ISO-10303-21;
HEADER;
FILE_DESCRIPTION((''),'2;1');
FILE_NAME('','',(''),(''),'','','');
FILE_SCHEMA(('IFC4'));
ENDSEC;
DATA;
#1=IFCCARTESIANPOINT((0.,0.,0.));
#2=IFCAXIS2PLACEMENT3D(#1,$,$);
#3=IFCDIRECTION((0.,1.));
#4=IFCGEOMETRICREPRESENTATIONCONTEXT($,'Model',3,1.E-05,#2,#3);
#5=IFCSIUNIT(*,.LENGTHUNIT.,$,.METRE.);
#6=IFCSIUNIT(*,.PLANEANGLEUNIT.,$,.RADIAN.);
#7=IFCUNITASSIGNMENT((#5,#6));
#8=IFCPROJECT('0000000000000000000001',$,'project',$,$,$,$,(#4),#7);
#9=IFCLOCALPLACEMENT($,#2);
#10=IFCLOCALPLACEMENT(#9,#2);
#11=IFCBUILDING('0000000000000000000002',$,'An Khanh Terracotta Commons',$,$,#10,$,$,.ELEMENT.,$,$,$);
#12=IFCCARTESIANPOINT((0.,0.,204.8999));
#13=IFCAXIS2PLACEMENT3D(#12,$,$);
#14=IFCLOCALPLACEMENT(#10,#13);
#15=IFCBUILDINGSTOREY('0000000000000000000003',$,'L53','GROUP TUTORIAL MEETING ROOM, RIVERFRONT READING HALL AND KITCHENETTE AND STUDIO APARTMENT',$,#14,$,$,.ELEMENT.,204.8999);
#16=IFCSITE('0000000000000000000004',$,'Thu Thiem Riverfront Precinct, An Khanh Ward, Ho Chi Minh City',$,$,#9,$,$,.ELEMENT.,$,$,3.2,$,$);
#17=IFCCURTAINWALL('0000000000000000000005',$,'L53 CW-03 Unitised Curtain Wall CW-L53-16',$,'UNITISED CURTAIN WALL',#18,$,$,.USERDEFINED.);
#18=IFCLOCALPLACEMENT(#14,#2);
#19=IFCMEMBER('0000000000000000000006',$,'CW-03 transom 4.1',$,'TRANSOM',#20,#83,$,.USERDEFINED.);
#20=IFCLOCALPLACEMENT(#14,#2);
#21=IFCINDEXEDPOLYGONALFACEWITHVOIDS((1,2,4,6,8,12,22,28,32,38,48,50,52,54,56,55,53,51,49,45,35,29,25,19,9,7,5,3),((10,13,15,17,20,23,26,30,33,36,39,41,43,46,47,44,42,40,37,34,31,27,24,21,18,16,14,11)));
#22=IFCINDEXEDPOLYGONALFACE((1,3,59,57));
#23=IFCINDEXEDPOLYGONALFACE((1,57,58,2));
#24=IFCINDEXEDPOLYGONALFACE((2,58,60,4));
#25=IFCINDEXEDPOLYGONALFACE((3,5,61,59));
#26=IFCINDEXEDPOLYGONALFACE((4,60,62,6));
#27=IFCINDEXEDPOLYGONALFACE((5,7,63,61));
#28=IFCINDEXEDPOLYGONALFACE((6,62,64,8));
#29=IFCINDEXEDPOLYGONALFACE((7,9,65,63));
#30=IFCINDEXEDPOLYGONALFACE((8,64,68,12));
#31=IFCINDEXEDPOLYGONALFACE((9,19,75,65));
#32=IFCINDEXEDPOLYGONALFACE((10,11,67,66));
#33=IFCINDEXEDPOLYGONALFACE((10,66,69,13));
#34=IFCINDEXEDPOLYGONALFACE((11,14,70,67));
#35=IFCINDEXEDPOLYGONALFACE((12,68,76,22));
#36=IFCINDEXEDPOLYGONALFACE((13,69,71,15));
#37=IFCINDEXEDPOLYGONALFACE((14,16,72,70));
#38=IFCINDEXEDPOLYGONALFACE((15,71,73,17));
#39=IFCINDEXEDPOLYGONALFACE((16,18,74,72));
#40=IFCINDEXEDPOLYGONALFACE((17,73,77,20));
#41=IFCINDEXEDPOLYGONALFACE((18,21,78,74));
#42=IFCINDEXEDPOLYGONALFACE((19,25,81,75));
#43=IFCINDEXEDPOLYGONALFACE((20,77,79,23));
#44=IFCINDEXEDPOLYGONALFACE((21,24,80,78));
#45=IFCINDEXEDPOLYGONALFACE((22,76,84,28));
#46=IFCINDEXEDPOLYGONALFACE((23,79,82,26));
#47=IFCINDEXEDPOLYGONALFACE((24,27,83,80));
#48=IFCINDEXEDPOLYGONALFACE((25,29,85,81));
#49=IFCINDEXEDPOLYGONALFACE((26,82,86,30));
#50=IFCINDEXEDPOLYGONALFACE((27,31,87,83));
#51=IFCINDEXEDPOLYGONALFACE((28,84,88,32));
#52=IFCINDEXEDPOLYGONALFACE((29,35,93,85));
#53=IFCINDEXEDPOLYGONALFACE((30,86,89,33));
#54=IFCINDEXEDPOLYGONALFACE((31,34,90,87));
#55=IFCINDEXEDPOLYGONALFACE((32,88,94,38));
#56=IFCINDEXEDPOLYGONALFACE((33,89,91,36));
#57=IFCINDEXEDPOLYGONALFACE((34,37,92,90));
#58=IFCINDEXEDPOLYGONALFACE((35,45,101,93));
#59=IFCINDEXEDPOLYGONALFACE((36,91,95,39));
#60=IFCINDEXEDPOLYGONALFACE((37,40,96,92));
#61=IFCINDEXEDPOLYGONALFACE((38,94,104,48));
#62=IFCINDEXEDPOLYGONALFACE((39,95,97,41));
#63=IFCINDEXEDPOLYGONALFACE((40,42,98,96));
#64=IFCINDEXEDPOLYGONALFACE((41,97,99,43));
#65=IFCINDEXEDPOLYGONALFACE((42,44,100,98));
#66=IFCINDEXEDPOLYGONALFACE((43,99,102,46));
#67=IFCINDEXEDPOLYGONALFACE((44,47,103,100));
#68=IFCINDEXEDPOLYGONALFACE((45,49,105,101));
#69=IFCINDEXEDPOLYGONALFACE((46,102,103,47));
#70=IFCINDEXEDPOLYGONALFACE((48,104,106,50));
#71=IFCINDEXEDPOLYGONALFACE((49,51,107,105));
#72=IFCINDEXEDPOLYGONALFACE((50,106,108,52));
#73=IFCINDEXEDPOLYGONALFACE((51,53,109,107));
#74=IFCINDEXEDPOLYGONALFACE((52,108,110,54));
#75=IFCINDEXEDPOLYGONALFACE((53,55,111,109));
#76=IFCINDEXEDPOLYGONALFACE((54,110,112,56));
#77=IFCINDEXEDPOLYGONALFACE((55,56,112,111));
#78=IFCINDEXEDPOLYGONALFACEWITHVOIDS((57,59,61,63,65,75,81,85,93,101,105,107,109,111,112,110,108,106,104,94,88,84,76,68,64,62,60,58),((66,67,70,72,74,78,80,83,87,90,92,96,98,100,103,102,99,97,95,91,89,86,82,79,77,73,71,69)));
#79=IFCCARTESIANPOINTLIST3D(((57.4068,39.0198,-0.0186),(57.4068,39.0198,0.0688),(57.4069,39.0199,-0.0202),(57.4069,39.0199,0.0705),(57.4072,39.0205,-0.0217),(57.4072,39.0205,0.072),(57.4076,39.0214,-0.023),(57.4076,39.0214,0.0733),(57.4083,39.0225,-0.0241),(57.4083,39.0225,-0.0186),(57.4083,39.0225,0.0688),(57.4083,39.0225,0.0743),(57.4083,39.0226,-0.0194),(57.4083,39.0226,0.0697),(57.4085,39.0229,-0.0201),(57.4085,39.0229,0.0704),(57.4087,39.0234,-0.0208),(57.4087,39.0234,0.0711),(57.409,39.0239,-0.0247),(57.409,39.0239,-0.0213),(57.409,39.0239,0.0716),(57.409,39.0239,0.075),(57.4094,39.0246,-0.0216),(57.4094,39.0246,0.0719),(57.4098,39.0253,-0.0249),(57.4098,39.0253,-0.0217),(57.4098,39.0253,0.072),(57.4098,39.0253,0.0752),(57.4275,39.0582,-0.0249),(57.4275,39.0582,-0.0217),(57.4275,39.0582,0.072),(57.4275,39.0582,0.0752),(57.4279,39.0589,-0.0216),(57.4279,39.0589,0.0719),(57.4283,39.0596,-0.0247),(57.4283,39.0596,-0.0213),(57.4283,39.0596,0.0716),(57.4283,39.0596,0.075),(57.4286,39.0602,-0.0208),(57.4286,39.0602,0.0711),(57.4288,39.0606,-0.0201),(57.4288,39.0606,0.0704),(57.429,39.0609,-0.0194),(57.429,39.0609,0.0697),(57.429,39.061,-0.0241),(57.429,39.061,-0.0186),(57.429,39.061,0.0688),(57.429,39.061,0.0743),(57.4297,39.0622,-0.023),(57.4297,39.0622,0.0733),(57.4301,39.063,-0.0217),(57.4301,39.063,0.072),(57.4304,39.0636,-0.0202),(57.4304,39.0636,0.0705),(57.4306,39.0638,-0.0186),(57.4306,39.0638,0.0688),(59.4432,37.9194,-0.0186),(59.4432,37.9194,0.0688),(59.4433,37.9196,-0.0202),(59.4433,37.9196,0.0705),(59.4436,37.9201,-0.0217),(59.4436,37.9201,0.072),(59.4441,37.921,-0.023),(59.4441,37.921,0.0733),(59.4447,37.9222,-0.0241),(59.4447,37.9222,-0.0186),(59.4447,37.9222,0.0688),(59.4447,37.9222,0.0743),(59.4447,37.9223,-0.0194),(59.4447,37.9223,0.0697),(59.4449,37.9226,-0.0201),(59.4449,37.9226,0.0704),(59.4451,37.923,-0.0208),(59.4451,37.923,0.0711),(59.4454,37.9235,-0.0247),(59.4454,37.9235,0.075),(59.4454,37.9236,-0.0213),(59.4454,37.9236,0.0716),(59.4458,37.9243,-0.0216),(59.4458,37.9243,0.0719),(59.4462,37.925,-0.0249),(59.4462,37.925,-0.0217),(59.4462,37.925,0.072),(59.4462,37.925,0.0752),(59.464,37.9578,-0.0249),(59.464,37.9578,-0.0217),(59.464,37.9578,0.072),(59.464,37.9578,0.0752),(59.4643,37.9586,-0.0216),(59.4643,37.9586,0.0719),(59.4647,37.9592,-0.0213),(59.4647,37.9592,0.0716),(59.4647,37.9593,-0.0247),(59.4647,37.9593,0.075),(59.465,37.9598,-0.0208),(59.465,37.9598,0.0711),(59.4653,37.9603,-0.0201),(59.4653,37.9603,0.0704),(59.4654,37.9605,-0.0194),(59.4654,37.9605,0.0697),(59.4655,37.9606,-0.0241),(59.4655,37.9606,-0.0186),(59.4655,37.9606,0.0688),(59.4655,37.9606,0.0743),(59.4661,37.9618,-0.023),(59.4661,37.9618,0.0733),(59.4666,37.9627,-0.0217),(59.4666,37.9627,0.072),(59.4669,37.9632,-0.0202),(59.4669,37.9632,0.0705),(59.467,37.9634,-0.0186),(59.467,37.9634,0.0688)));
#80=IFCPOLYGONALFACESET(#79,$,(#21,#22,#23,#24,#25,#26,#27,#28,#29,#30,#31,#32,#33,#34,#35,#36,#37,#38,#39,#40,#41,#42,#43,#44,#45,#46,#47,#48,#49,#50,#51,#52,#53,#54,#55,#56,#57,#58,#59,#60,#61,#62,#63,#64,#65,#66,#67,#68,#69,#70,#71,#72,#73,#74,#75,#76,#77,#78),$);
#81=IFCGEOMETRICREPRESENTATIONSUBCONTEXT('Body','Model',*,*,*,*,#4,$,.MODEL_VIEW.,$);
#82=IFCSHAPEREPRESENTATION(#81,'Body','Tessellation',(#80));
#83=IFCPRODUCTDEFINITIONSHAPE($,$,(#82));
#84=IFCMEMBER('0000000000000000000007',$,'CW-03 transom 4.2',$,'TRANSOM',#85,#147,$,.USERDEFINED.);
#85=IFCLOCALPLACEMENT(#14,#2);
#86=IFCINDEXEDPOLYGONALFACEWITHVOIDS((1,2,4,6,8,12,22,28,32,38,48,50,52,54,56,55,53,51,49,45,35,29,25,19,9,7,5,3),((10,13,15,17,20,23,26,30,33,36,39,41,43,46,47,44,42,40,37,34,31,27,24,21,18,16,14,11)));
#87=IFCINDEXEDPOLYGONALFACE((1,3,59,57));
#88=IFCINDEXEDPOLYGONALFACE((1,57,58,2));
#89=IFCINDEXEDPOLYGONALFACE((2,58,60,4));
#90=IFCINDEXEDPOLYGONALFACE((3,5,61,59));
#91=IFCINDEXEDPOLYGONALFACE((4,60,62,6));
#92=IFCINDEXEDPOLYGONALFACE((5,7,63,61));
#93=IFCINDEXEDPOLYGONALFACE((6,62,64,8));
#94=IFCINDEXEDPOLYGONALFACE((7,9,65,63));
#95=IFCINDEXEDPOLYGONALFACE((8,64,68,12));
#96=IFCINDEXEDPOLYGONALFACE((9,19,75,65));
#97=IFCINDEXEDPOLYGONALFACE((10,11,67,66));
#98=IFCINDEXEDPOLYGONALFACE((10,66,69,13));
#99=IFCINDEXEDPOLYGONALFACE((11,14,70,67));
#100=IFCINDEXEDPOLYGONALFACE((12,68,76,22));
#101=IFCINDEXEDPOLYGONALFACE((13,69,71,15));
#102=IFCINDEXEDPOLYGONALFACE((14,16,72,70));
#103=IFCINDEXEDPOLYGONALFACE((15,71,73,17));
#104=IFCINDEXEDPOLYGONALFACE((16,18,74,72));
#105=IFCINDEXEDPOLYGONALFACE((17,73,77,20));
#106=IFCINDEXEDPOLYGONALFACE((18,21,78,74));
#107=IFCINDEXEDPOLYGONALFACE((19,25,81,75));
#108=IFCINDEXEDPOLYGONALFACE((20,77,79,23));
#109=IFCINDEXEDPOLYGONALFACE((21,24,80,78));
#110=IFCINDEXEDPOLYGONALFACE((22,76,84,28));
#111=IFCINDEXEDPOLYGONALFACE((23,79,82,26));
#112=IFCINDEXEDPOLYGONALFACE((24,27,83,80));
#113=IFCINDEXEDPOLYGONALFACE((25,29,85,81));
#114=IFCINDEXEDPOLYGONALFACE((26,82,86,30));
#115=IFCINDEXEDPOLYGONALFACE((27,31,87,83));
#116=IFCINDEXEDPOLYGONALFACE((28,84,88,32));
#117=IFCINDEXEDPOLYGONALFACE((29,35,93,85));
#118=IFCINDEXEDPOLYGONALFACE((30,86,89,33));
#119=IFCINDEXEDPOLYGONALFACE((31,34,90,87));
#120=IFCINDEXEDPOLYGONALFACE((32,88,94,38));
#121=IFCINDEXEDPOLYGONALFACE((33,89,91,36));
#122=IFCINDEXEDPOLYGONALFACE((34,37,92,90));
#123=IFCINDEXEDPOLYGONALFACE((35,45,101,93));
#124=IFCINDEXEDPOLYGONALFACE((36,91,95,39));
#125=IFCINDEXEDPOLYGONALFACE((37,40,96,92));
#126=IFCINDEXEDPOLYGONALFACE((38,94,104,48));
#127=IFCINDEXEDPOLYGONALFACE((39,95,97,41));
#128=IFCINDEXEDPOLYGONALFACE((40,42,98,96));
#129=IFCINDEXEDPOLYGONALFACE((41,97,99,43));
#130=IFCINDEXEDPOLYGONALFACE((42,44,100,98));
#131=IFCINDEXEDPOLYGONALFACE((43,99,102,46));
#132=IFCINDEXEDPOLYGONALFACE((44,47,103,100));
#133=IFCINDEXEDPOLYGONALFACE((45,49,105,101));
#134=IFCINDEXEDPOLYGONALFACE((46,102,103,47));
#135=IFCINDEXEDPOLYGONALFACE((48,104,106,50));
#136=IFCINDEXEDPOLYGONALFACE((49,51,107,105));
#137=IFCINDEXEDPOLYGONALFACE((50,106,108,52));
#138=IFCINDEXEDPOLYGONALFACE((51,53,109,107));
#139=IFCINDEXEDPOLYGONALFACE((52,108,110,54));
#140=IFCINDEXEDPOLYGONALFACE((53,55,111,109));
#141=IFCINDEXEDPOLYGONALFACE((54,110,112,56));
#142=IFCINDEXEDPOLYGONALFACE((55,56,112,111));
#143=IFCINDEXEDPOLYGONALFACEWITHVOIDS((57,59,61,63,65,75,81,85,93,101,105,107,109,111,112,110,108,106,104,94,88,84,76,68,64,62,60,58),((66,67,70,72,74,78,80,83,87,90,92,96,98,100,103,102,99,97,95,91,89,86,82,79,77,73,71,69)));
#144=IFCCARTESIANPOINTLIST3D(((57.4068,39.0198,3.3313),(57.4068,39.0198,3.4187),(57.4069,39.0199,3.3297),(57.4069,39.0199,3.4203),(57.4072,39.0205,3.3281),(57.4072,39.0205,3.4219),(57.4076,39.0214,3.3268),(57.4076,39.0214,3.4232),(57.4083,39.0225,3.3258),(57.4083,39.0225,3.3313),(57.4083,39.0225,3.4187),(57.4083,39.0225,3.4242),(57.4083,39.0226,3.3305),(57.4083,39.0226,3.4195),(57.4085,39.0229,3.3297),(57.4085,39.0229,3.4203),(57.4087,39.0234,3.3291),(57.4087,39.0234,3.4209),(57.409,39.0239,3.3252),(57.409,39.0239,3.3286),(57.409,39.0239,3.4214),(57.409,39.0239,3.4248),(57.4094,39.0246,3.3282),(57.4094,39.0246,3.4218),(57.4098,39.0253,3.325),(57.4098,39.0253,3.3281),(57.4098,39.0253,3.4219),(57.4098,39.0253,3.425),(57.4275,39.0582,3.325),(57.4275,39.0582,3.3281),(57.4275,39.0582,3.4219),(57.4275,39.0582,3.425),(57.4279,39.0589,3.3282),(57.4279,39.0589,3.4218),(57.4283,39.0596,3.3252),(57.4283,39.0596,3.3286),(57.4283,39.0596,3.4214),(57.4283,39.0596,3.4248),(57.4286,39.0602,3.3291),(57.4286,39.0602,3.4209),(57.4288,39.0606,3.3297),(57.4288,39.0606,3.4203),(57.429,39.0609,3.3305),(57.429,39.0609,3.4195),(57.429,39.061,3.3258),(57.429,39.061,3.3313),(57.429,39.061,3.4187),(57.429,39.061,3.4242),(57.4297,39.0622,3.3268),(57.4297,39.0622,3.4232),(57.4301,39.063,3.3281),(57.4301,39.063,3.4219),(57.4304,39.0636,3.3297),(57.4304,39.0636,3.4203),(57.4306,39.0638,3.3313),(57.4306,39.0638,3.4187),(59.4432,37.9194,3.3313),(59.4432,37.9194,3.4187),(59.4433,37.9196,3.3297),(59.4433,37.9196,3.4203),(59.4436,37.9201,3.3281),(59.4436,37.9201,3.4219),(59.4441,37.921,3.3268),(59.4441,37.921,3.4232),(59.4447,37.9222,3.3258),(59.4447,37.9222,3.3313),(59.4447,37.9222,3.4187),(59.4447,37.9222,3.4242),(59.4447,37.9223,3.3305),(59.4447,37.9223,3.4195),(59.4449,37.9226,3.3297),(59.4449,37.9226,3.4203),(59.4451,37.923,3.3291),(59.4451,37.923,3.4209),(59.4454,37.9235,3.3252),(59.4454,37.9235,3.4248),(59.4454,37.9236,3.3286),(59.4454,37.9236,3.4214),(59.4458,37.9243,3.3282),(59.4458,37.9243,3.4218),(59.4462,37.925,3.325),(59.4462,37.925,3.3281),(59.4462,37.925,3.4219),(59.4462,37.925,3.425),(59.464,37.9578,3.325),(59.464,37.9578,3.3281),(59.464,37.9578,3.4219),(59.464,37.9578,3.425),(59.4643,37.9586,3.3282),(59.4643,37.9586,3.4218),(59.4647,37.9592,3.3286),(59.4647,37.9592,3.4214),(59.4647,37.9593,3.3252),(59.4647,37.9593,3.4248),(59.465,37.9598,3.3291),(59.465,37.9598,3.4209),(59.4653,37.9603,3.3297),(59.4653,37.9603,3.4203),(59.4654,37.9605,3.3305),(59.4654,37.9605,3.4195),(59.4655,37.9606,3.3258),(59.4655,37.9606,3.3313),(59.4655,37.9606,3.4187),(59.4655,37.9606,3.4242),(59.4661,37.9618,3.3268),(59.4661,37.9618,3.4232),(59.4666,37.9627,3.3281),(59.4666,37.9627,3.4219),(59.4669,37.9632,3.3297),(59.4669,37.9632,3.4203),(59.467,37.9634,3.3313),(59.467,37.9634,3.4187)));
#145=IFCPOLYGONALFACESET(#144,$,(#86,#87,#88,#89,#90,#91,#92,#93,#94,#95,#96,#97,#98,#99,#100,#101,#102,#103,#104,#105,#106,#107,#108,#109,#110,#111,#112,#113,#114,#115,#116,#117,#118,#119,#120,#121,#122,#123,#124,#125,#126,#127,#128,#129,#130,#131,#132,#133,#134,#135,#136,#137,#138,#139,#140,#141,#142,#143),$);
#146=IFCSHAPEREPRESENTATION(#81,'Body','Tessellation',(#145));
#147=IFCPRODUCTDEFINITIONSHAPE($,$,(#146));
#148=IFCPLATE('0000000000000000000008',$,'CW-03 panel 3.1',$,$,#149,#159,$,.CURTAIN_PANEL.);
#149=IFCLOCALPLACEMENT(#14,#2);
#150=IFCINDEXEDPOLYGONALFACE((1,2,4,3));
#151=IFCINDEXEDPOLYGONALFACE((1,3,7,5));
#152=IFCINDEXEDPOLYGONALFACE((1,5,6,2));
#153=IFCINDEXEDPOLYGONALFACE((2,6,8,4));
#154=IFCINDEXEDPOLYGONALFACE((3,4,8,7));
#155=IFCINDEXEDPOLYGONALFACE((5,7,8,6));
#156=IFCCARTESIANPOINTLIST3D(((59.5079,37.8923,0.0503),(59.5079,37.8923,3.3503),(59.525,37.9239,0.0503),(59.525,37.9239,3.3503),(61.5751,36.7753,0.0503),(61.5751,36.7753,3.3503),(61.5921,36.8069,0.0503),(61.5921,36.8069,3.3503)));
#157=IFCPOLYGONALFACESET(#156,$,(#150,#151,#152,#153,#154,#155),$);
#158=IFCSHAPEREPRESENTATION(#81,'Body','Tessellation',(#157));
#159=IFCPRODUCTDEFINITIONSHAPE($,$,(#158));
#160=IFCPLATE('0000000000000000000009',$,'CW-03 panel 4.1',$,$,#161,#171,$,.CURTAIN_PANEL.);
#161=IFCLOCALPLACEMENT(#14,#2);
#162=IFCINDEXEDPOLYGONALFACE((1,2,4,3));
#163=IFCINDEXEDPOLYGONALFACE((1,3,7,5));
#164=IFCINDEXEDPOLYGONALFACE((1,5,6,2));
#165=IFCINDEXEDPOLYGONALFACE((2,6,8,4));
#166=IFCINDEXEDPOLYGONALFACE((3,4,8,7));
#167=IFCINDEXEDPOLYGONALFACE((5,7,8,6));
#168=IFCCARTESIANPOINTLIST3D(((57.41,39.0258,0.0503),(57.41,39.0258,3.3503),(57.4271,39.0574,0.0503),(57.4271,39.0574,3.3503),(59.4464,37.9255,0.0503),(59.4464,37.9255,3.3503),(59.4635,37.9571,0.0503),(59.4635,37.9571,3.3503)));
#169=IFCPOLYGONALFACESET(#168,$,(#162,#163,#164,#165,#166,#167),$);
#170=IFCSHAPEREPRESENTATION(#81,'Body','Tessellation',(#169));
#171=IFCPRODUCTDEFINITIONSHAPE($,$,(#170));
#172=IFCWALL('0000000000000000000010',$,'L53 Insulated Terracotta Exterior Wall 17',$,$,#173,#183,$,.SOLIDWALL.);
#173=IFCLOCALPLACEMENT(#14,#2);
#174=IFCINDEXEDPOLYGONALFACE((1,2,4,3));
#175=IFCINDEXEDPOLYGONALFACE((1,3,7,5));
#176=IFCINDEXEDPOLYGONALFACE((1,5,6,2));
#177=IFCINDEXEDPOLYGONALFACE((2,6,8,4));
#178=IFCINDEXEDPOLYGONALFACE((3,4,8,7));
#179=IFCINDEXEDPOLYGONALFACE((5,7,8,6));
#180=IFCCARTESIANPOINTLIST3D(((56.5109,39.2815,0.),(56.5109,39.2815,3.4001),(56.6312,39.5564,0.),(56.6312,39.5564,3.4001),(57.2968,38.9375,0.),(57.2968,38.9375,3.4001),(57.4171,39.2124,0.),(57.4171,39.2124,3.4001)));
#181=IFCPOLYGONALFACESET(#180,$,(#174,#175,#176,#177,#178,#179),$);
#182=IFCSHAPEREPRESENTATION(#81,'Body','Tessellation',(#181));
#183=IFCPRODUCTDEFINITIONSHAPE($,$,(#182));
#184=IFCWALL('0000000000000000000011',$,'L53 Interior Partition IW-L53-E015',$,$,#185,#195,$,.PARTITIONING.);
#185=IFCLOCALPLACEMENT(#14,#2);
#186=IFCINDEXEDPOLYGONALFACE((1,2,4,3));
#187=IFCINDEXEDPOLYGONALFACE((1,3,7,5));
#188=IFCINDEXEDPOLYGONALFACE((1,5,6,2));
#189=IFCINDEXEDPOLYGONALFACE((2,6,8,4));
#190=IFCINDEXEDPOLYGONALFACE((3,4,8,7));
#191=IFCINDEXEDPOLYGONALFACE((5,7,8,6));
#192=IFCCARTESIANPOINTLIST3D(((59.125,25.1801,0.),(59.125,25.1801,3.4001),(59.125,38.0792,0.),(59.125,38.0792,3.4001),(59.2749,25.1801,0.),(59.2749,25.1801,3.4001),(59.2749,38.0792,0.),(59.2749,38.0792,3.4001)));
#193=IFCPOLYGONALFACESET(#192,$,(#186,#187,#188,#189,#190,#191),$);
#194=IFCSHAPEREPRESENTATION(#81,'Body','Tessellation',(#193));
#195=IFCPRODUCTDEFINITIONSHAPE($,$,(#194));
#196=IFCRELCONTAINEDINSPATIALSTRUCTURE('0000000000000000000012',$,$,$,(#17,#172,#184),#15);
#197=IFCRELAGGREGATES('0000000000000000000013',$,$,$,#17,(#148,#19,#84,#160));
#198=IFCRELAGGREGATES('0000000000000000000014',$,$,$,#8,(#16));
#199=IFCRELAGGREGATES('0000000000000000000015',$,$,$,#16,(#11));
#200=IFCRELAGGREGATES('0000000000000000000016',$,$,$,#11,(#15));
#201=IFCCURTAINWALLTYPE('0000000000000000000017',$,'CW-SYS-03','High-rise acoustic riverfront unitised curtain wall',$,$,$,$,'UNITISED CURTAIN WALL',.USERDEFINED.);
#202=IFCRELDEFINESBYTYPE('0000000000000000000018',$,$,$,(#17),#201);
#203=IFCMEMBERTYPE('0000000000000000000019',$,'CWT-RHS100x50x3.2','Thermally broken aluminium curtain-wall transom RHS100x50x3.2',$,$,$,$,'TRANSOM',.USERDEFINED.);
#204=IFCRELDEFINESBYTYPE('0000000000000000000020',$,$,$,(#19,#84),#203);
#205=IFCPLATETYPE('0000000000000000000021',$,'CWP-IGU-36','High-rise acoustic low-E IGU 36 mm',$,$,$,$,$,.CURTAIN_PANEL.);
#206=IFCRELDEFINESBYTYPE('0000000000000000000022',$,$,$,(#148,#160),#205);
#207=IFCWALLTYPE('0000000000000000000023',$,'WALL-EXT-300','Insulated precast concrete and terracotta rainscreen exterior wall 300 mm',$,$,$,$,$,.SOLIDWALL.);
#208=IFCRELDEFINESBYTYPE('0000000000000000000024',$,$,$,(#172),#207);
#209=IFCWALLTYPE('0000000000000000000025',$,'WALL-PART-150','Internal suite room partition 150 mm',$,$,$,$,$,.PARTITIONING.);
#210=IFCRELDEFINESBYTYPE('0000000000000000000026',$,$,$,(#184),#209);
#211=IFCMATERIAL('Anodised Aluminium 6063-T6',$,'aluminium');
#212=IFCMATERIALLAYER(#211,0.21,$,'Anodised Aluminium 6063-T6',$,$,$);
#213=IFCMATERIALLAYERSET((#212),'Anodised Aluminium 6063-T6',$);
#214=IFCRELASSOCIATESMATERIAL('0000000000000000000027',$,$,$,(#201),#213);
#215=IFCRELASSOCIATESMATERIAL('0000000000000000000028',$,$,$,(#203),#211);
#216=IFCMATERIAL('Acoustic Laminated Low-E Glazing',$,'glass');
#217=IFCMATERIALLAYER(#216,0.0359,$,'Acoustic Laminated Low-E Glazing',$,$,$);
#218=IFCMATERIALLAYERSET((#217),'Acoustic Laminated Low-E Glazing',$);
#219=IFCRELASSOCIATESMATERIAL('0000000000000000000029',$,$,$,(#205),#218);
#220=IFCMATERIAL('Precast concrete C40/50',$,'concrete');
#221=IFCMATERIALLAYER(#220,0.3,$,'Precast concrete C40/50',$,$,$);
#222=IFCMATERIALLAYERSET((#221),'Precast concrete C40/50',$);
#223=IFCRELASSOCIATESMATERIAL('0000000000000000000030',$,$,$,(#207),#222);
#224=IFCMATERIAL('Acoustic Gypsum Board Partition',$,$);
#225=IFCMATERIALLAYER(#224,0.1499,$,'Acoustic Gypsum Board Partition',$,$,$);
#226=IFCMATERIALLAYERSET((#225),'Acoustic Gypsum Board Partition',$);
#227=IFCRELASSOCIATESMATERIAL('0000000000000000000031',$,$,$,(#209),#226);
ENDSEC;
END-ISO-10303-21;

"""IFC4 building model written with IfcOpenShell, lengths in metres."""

from ifc_helpers import new_model, si_unit, direction, frame, frame_2d, origin, origin_2d, place, context, subcontext, project, spatial, rectangle, hollow_rectangle, extrude, material, layer, layer_set, material_profile, profile_set, type_object, element, aggregate, save


model = new_model("IFC4")

# Units and contexts
model_context = context("Model", 3, precision=1e-05, world=origin(), true_north=direction((0.0, 1.0)))
body_context = subcontext(model_context, "Body", "Model", "MODEL_VIEW")
ifc_project = project(units=[si_unit("LENGTHUNIT", "METRE"), si_unit("PLANEANGLEUNIT", "RADIAN")], contexts=[model_context])

# Site, building, storey
site_placement = place(None, origin())
site = spatial("IfcSite", under=ifc_project, at=site_placement, Name="Thu Thiem Riverfront Precinct, An Khanh Ward, Ho Chi Minh City", CompositionType="ELEMENT", RefElevation=3.2)
building_placement = place(site_placement, origin())
building = spatial("IfcBuilding", under=site, at=building_placement, Name="An Khanh Terracotta Commons", CompositionType="ELEMENT")
storey_placement = place(building_placement, frame((0.0, 0.0, 204.8999)))
storey = spatial("IfcBuildingStorey", under=building, at=storey_placement, Name="L53", Description="GROUP TUTORIAL MEETING ROOM, RIVERFRONT READING HALL AND KITCHENETTE AND STUDIO APARTMENT", CompositionType="ELEMENT", Elevation=204.8999)

# Curtain wall, members, plates
ifc_material_1 = material(Name="Anodised Aluminium 6063-T6", Category="aluminium")
ifc_layer_1 = layer(ifc_material_1, 0.21, Name="Anodised Aluminium 6063-T6")
ifc_layer_set_1 = layer_set([ifc_layer_1], Name="Anodised Aluminium 6063-T6")
curtain_wall_type = type_object("IfcCurtainWallType", Name="CW-SYS-03", Description="High-rise acoustic riverfront unitised curtain wall", ElementType="UNITISED CURTAIN WALL", PredefinedType="USERDEFINED", material=ifc_layer_set_1)
curtain_wall_placement = place(storey_placement, origin())
curtain_wall = element("IfcCurtainWall", 1, at=curtain_wall_placement, inside=storey, type_object=curtain_wall_type, Name="L53 CW-03 Unitised Curtain Wall CW-L53-16", ObjectType="UNITISED CURTAIN WALL", PredefinedType="USERDEFINED")
ifc_material_profile_1 = material_profile(ifc_material_1, hollow_rectangle(XDim=0.05, YDim=0.1001, WallThickness=0.0032, InnerFilletRadius=0.0032, OuterFilletRadius=0.0063, at=origin_2d()), Name="RHS100x50x3.2")
ifc_profile_set_1 = profile_set([ifc_material_profile_1], Name="Anodised Aluminium 6063-T6")
member_type_1 = type_object("IfcMemberType", Name="CWT-RHS100x50x3.2", Description="Thermally broken aluminium curtain-wall transom RHS100x50x3.2", ElementType="TRANSOM", PredefinedType="USERDEFINED", material=ifc_profile_set_1)
member_1_placement = place(storey_placement, frame((59.4551, 37.9414, 0.0251), z_axis=(-0.879779, 0.475382, 0.0), x_axis=(-0.475382, -0.879779, 0.0)))
member_1 = element("IfcMember", 2, at=member_1_placement, type_object=member_type_1, Name="CW-03 transom 4.1", ObjectType="TRANSOM", PredefinedType="USERDEFINED", context=body_context, shape_type="SweptSolid", body=[
    extrude(hollow_rectangle(XDim=0.05, YDim=0.1001, WallThickness=0.0032, InnerFilletRadius=0.0032, OuterFilletRadius=0.0063, at=origin_2d()), origin(), (0.0, 0.0, 1.0), 2.3147),
])
member_2_placement = place(storey_placement, frame((59.4551, 37.9414, 3.375), z_axis=(-0.879779, 0.475382, 0.0), x_axis=(-0.475382, -0.879779, 0.0)))
member_2 = element("IfcMember", 3, at=member_2_placement, type_object=member_type_1, Name="CW-03 transom 4.2", ObjectType="TRANSOM", PredefinedType="USERDEFINED", context=body_context, shape_type="SweptSolid", body=[
    extrude(hollow_rectangle(XDim=0.05, YDim=0.1001, WallThickness=0.0032, InnerFilletRadius=0.0032, OuterFilletRadius=0.0063, at=origin_2d()), origin(), (0.0, 0.0, 1.0), 2.3147),
])
ifc_material_2 = material(Name="Acoustic Laminated Low-E Glazing", Category="glass")
ifc_layer_2 = layer(ifc_material_2, 0.0359, Name="Acoustic Laminated Low-E Glazing")
ifc_layer_set_2 = layer_set([ifc_layer_2], Name="Acoustic Laminated Low-E Glazing")
plate_type = type_object("IfcPlateType", Name="CWP-IGU-36", Description="High-rise acoustic low-E IGU 36 mm", PredefinedType="CURTAIN_PANEL", material=ifc_layer_set_2)
plate_1_placement = place(storey_placement, frame((60.55, 37.3496, 0.0503), z_axis=(0.0, 0.0, 1.0), x_axis=(-0.87978, 0.475381, 0.0)))
plate_1 = element("IfcPlate", 4, at=plate_1_placement, type_object=plate_type, Name="CW-03 panel 3.1", PredefinedType="CURTAIN_PANEL", context=body_context, shape_type="SweptSolid", body=[
    extrude(rectangle(XDim=2.3496, YDim=0.0359, at=origin_2d()), origin(), (0.0, 0.0, 1.0), 3.3),
])
plate_2_placement = place(storey_placement, frame((58.4368, 38.4915, 0.0503), z_axis=(0.0, 0.0, 1.0), x_axis=(-0.87978, 0.475381, 0.0)))
plate_2 = element("IfcPlate", 5, at=plate_2_placement, type_object=plate_type, Name="CW-03 panel 4.1", PredefinedType="CURTAIN_PANEL", context=body_context, shape_type="SweptSolid", body=[
    extrude(rectangle(XDim=2.3147, YDim=0.0359, at=origin_2d()), origin(), (0.0, 0.0, 1.0), 3.3),
])
aggregate(curtain_wall, [plate_1, member_1, member_2, plate_2])

# Walls
ifc_material_3 = material(Name="Precast concrete C40/50", Category="concrete")
ifc_layer_3 = layer(ifc_material_3, 0.3, Name="Precast concrete C40/50")
ifc_layer_set_3 = layer_set([ifc_layer_3], Name="Precast concrete C40/50")
wall_type_1 = type_object("IfcWallType", Name="WALL-EXT-300", Description="Insulated precast concrete and terracotta rainscreen exterior wall 300 mm", PredefinedType="SOLIDWALL", material=ifc_layer_set_3)
wall_1_placement = place(storey_placement, frame((57.3569, 39.075, 0.0), z_axis=(0.0, 0.0, 1.0), x_axis=(-0.916085, 0.400983, 0.0)))
element("IfcWall", 6, at=wall_1_placement, inside=storey, type_object=wall_type_1, Name="L53 Insulated Terracotta Exterior Wall 17", PredefinedType="SOLIDWALL", context=body_context, shape_type="SweptSolid", body=[
    extrude(rectangle(XDim=0.8579, YDim=0.3, at=frame_2d((0.429, 0.0))), origin(), (0.0, 0.0, 1.0), 3.4001),
])
ifc_material_4 = material(Name="Acoustic Gypsum Board Partition")
ifc_layer_4 = layer(ifc_material_4, 0.1499, Name="Acoustic Gypsum Board Partition")
ifc_layer_set_4 = layer_set([ifc_layer_4], Name="Acoustic Gypsum Board Partition")
wall_type_2 = type_object("IfcWallType", Name="WALL-PART-150", Description="Internal suite room partition 150 mm", PredefinedType="PARTITIONING", material=ifc_layer_set_4)
wall_2_placement = place(storey_placement, frame((59.2, 25.1799, 0.0), z_axis=(0.0, 0.0, 1.0), x_axis=(0.0, 1.0, 0.0)))
element("IfcWall", 7, at=wall_2_placement, inside=storey, type_object=wall_type_2, Name="L53 Interior Partition IW-L53-E015", PredefinedType="PARTITIONING", context=body_context, shape_type="SweptSolid", body=[
    extrude(rectangle(XDim=12.8992, YDim=0.1499, at=frame_2d((6.4497, 0.0))), origin(), (0.0, 0.0, 1.0), 3.4001),
])

save(model, "model.ifc")
